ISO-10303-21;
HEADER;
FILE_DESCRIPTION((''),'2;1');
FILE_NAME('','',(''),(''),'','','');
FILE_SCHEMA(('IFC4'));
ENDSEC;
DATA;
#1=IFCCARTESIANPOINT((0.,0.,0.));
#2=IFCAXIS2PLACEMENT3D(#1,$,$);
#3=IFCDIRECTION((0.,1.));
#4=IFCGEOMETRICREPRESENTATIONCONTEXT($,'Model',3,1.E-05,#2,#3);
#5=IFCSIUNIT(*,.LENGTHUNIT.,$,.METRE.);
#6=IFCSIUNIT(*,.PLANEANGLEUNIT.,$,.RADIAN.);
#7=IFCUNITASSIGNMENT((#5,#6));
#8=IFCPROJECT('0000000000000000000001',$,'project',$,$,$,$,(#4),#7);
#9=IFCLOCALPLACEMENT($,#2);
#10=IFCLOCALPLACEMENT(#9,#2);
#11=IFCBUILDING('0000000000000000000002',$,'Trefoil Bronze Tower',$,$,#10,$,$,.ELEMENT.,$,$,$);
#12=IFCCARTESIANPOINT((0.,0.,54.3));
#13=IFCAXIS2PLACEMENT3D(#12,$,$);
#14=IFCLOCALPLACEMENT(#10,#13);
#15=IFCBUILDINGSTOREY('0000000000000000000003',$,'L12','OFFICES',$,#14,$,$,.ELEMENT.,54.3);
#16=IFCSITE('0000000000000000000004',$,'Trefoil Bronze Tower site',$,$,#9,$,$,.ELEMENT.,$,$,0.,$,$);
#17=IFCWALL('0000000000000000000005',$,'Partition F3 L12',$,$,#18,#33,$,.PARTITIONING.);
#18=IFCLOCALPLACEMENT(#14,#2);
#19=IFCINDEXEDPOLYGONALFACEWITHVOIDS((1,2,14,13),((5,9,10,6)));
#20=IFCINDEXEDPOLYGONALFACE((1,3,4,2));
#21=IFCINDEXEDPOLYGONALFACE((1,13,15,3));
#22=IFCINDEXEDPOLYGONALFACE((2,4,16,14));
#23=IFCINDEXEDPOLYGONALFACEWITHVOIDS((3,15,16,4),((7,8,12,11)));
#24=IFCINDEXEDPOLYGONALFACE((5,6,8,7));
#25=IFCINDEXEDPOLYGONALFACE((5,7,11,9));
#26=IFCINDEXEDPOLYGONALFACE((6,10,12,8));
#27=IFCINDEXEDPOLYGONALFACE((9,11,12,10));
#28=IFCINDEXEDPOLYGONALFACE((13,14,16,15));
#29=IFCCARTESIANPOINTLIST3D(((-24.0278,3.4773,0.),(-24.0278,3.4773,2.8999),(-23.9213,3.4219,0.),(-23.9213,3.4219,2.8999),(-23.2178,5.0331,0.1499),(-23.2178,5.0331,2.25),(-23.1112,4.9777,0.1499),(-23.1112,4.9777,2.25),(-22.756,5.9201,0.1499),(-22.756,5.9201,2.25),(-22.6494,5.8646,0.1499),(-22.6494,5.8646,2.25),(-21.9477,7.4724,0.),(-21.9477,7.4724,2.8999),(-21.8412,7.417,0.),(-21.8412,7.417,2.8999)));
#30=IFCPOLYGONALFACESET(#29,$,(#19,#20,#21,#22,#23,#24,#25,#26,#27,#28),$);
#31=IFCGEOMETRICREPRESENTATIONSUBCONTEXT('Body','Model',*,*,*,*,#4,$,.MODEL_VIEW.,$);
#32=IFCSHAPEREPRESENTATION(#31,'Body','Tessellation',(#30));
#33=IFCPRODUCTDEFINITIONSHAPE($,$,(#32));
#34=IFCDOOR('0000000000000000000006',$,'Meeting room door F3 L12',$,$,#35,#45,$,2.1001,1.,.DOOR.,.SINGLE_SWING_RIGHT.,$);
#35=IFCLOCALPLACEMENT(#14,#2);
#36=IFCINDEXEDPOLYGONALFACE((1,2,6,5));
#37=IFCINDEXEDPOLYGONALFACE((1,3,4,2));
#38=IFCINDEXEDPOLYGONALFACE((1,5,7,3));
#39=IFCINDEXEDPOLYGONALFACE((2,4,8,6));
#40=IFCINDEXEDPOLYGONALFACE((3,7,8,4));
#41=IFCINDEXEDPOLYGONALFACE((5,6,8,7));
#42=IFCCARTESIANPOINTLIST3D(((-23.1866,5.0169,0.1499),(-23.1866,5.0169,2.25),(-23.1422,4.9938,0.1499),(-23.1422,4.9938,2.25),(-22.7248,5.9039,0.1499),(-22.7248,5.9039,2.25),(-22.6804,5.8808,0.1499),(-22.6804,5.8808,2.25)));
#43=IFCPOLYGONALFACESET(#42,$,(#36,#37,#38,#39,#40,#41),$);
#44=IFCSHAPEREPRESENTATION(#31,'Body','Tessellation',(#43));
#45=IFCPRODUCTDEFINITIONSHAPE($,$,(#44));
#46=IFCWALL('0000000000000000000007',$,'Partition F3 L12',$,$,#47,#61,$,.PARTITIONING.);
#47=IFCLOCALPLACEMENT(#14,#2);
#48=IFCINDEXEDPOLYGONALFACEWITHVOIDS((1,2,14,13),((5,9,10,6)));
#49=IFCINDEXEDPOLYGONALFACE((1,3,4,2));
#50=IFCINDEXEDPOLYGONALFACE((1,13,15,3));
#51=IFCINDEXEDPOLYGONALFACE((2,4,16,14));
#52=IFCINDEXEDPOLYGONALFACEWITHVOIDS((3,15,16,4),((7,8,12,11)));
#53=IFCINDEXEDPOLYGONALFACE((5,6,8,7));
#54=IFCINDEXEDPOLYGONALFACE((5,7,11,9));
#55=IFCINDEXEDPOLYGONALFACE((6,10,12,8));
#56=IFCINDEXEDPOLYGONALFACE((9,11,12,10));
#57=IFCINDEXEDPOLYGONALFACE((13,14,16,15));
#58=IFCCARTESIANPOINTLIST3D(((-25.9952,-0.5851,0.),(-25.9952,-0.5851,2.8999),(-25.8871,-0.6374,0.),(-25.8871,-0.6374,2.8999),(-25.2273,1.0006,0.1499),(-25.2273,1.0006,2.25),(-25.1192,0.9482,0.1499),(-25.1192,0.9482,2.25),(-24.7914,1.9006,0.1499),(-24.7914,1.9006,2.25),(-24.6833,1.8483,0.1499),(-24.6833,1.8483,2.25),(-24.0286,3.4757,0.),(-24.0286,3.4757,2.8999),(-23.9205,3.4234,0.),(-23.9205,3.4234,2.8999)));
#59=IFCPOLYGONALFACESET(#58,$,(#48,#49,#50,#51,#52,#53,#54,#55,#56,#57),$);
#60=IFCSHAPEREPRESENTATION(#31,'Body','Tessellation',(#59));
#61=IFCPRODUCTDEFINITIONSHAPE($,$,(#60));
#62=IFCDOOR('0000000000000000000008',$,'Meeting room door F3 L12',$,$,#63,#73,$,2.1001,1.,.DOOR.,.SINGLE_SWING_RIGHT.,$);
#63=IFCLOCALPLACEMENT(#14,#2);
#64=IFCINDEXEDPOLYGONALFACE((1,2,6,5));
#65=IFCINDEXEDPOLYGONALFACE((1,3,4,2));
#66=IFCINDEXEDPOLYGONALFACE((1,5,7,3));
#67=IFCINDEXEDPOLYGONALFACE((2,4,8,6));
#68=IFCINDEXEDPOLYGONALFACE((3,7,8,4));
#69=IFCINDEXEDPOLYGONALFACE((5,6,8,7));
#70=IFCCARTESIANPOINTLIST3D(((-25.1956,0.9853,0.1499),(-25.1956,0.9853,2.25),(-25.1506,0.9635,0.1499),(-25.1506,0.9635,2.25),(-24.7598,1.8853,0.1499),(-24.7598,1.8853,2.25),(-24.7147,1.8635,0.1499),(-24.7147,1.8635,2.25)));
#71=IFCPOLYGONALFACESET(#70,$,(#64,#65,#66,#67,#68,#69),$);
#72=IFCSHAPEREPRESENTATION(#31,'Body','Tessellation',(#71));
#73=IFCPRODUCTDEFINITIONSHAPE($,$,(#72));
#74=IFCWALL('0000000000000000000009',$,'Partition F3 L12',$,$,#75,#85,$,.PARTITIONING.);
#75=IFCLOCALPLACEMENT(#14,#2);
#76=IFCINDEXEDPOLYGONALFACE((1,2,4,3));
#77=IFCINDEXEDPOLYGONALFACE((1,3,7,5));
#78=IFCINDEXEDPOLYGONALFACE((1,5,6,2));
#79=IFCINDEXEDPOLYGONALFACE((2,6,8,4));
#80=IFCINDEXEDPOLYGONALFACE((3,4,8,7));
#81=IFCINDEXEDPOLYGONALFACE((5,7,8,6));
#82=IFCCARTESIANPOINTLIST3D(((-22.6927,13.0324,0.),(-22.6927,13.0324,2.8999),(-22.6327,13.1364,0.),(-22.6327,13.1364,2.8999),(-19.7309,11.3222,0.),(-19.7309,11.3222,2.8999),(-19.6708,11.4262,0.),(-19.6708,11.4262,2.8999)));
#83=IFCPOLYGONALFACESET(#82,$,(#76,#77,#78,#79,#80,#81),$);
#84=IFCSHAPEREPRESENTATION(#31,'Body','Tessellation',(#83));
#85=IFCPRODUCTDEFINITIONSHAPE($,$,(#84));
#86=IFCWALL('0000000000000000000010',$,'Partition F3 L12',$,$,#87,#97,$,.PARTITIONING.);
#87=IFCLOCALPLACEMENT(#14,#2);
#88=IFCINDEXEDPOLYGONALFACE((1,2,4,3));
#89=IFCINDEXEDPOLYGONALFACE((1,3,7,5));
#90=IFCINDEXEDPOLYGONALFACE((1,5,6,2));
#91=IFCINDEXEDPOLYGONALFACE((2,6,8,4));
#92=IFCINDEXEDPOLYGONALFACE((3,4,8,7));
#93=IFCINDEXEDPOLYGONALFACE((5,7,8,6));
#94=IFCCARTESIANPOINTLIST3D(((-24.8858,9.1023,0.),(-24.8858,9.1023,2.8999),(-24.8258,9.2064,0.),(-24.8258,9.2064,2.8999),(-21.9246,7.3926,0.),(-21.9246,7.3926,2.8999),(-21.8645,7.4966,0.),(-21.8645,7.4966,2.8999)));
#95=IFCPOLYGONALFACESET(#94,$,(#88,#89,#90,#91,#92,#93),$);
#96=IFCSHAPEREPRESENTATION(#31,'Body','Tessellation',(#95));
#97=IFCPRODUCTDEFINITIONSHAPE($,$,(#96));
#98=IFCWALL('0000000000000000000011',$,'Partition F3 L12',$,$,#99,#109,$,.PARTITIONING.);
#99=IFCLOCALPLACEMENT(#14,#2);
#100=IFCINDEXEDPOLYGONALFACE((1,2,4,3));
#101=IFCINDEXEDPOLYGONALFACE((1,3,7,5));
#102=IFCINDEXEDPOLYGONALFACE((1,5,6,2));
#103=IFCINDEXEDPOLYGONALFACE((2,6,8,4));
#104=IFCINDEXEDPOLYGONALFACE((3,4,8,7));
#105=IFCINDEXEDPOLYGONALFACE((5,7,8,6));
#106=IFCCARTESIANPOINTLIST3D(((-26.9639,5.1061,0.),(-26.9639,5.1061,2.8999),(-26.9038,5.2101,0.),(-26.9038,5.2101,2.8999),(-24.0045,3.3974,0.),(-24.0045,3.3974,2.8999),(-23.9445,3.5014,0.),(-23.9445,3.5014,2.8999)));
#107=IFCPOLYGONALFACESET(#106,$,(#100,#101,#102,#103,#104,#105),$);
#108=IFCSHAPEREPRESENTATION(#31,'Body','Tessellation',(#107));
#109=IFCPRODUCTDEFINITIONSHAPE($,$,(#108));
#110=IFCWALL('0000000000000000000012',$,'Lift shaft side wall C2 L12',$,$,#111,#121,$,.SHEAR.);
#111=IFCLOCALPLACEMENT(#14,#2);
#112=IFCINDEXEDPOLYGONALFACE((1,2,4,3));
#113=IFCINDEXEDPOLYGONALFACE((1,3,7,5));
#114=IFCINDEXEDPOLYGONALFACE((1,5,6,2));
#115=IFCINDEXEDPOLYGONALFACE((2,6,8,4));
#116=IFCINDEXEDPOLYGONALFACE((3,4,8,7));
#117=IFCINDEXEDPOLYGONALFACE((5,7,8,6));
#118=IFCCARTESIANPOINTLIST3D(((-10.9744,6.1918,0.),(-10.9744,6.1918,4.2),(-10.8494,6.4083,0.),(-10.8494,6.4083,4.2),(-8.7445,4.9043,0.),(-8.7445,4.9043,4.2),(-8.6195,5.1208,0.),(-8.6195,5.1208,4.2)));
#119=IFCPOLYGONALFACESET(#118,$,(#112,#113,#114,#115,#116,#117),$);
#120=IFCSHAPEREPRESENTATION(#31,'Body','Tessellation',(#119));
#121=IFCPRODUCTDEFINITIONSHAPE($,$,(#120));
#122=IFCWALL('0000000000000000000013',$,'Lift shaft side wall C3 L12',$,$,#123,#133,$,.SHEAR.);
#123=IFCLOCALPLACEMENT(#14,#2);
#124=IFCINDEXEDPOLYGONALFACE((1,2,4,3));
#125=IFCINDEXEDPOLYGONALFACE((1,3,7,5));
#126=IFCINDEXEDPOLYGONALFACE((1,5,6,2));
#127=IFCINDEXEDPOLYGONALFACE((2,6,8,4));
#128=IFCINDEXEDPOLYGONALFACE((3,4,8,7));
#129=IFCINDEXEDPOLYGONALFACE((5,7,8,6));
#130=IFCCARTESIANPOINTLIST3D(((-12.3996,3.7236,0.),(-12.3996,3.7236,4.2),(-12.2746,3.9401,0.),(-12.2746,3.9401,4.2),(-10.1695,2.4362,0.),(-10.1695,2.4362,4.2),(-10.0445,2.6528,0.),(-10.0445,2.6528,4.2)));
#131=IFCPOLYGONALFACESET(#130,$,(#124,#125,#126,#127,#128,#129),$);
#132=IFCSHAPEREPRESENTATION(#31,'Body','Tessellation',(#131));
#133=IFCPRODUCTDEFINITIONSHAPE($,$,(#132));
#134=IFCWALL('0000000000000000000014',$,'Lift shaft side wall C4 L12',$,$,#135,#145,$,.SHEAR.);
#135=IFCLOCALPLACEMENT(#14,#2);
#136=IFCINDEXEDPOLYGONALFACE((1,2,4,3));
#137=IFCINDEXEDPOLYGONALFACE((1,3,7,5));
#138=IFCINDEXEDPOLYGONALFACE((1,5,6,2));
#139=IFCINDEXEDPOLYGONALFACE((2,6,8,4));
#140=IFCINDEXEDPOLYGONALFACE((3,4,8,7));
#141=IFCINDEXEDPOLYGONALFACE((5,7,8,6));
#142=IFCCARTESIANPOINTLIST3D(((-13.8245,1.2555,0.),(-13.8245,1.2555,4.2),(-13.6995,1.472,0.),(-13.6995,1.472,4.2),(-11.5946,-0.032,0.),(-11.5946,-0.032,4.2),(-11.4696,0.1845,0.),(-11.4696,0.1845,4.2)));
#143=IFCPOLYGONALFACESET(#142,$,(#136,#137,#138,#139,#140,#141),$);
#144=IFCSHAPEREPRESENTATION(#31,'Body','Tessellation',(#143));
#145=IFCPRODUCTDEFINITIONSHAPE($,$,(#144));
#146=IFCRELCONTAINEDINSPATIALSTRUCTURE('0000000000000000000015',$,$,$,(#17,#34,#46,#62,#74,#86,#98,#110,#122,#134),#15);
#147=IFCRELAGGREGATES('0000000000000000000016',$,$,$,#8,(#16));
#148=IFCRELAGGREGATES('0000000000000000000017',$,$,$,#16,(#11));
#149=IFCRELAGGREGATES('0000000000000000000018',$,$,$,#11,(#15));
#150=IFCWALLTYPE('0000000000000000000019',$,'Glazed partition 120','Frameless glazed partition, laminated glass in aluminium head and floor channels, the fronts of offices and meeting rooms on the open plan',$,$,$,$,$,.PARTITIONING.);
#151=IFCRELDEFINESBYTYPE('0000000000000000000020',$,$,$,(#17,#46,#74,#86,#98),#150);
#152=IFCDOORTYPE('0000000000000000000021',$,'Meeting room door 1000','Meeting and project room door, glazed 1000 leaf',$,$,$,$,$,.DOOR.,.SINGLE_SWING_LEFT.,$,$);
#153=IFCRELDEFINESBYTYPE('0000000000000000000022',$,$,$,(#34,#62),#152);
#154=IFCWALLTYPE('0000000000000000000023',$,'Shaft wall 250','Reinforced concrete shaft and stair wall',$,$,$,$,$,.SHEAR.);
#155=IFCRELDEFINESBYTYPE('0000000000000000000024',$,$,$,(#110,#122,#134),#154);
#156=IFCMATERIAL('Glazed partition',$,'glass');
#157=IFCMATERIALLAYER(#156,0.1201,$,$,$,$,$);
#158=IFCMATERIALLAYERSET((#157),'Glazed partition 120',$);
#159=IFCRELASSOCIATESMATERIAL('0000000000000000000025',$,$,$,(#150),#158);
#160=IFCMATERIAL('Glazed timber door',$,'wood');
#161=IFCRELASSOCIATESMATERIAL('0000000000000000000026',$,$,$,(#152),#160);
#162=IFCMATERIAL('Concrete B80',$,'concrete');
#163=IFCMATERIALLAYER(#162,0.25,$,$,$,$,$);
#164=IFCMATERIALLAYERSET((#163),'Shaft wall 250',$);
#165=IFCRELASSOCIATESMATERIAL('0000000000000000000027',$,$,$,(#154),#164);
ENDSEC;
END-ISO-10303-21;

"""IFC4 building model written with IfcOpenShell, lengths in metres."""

from ifc_helpers import new_model, si_unit, direction, frame, frame_2d, origin, place, context, subcontext, project, spatial, rectangle, extrude, material, layer, layer_set, type_object, element, fill, save


model = new_model("IFC4")

# Units and contexts
model_context = context("Model", 3, precision=1e-05, world=origin(), true_north=direction((0.0, 1.0)))
body_context = subcontext(model_context, "Body", "Model", "MODEL_VIEW")
ifc_project = project(units=[si_unit("LENGTHUNIT", "METRE"), si_unit("PLANEANGLEUNIT", "RADIAN")], contexts=[model_context])

# Site, building, storey
site_placement = place(None, origin())
site = spatial("IfcSite", under=ifc_project, at=site_placement, Name="Trefoil Bronze Tower site", CompositionType="ELEMENT", RefElevation=0.0)
building_placement = place(site_placement, origin())
building = spatial("IfcBuilding", under=site, at=building_placement, Name="Trefoil Bronze Tower", CompositionType="ELEMENT")
storey_placement = place(building_placement, frame((0.0, 0.0, 54.3)))
storey = spatial("IfcBuildingStorey", under=building, at=storey_placement, Name="L12", Description="OFFICES", CompositionType="ELEMENT", Elevation=54.3)

# Walls, openings, doors
ifc_material_1 = material(Name="Glazed partition", Category="glass")
ifc_layer_1 = layer(ifc_material_1, 0.1201)
ifc_layer_set_1 = layer_set([ifc_layer_1], Name="Glazed partition 120")
wall_type_1 = type_object("IfcWallType", Name="Glazed partition 120", Description="Frameless glazed partition, laminated glass in aluminium head and floor channels, the fronts of offices and meeting rooms on the open plan", PredefinedType="PARTITIONING", material=ifc_layer_set_1)
wall_1_placement = place(storey_placement, frame((-21.8945, 7.4446, 0.0), z_axis=(0.0, 0.0, 1.0), x_axis=(-0.46181, -0.886979, 0.0)))
wall_1 = element("IfcWall", 1, at=wall_1_placement, inside=storey, type_object=wall_type_1, Name="Partition F3 L12", PredefinedType="PARTITIONING", context=body_context, shape_type="SweptSolid", body=[
    extrude(rectangle(XDim=4.5042, YDim=0.1201, at=frame_2d((2.252, 0.0))), origin(), (0.0, 0.0, 1.0), 2.8999),
])
opening_1_placement = place(wall_1_placement, frame((1.75, 0.0, 0.1499)))
opening_1 = element("IfcOpeningElement", 2, at=opening_1_placement, cuts=wall_1, PredefinedType="OPENING", context=body_context, shape_type="SweptSolid", body=[
    extrude(rectangle(XDim=1.0, YDim=2.1001, at=frame_2d((0.5, 1.05))), frame((0.0, 0.0701, 0.0), z_axis=(0.0, -1.0, 0.0), x_axis=(1.0, 0.0, 0.0)), (0.0, 0.0, 1.0), 0.1401),
])
ifc_material_2 = material(Name="Glazed timber door", Category="wood")
door_type_1 = type_object("IfcDoorType", Name="Meeting room door 1000", Description="Meeting and project room door, glazed 1000 leaf", OperationType="SINGLE_SWING_LEFT", PredefinedType="DOOR", material=ifc_material_2)
door_1_placement = place(opening_1_placement, frame((1.0, 0.0, 0.0), z_axis=(0.0, 0.0, 1.0), x_axis=(-1.0, 0.0, 0.0)))
door_1 = element("IfcDoor", 3, at=door_1_placement, inside=storey, type_object=door_type_1, Name="Meeting room door F3 L12", OperationType="SINGLE_SWING_RIGHT", OverallHeight=2.1001, OverallWidth=1.0, PredefinedType="DOOR", context=body_context, shape_type="SweptSolid", body=[
    extrude(rectangle(XDim=1.0, YDim=2.1001, at=frame_2d((0.5, 1.05))), frame((0.0, 0.0249, 0.0), z_axis=(0.0, -1.0, 0.0), x_axis=(1.0, 0.0, 0.0)), (0.0, 0.0, 1.0), 0.05),
])
fill(opening_1, door_1)
wall_2_placement = place(storey_placement, frame((-23.9746, 3.4495, 0.0), z_axis=(0.0, 0.0, 1.0), x_axis=(-0.435858, -0.900015, 0.0)))
wall_2 = element("IfcWall", 4, at=wall_2_placement, inside=storey, type_object=wall_type_1, Name="Partition F3 L12", PredefinedType="PARTITIONING", context=body_context, shape_type="SweptSolid", body=[
    extrude(rectangle(XDim=4.512, YDim=0.1201, at=frame_2d((2.2559, 0.0))), origin(), (0.0, 0.0, 1.0), 2.8999),
])
opening_2_placement = place(wall_2_placement, frame((1.75, 0.0, 0.1499)))
opening_2 = element("IfcOpeningElement", 5, at=opening_2_placement, cuts=wall_2, PredefinedType="OPENING", context=body_context, shape_type="SweptSolid", body=[
    extrude(rectangle(XDim=1.0, YDim=2.1001, at=frame_2d((0.5, 1.05))), frame((0.0, 0.0701, 0.0), z_axis=(0.0, -1.0, 0.0), x_axis=(1.0, 0.0, 0.0)), (0.0, 0.0, 1.0), 0.1401),
])
door_2_placement = place(opening_2_placement, frame((1.0, 0.0, 0.0), z_axis=(0.0, 0.0, 1.0), x_axis=(-1.0, 0.0, 0.0)))
door_2 = element("IfcDoor", 6, at=door_2_placement, inside=storey, type_object=door_type_1, Name="Meeting room door F3 L12", OperationType="SINGLE_SWING_RIGHT", OverallHeight=2.1001, OverallWidth=1.0, PredefinedType="DOOR", context=body_context, shape_type="SweptSolid", body=[
    extrude(rectangle(XDim=1.0, YDim=2.1001, at=frame_2d((0.5, 1.05))), frame((0.0, 0.0249, 0.0), z_axis=(0.0, -1.0, 0.0), x_axis=(1.0, 0.0, 0.0)), (0.0, 0.0, 1.0), 0.05),
])
fill(opening_2, door_2)

# Walls
wall_3_placement = place(storey_placement, frame((-19.7009, 11.3743, 0.0), z_axis=(0.0, 0.0, 1.0), x_axis=(-0.866007, 0.500031, 0.0)))
element("IfcWall", 7, at=wall_3_placement, inside=storey, type_object=wall_type_1, Name="Partition F3 L12", PredefinedType="PARTITIONING", context=body_context, shape_type="SweptSolid", body=[
    extrude(rectangle(XDim=3.4202, YDim=0.1201, at=frame_2d((1.71, 0.0))), origin(), (0.0, 0.0, 1.0), 2.8999),
])
wall_4_placement = place(storey_placement, frame((-21.8945, 7.4446, 0.0), z_axis=(0.0, 0.0, 1.0), x_axis=(-0.866016, 0.500017, 0.0)))
element("IfcWall", 8, at=wall_4_placement, inside=storey, type_object=wall_type_1, Name="Partition F3 L12", PredefinedType="PARTITIONING", context=body_context, shape_type="SweptSolid", body=[
    extrude(rectangle(XDim=3.4194, YDim=0.1201, at=frame_2d((1.7097, 0.0))), origin(), (0.0, 0.0, 1.0), 2.8999),
])
wall_5_placement = place(storey_placement, frame((-23.9746, 3.4495, 0.0), z_axis=(0.0, 0.0, 1.0), x_axis=(-0.866014, 0.500019, 0.0)))
element("IfcWall", 9, at=wall_5_placement, inside=storey, type_object=wall_type_1, Name="Partition F3 L12", PredefinedType="PARTITIONING", context=body_context, shape_type="SweptSolid", body=[
    extrude(rectangle(XDim=3.4172, YDim=0.1201, at=frame_2d((1.7085, 0.0))), origin(), (0.0, 0.0, 1.0), 2.8999),
])
ifc_material_3 = material(Name="Concrete B80", Category="concrete")
ifc_layer_2 = layer(ifc_material_3, 0.25)
ifc_layer_set_2 = layer_set([ifc_layer_2], Name="Shaft wall 250")
wall_type_2 = type_object("IfcWallType", Name="Shaft wall 250", Description="Reinforced concrete shaft and stair wall", PredefinedType="SHEAR", material=ifc_layer_set_2)
for number, where, z_axis, x_axis, name in (
    (10, (-8.6819, 5.0125, 0.0), (0.0, 0.0, 1.0), (-0.866006, 0.500034, 0.0), "Lift shaft side wall C2 L12"),
    (11, (-10.1069, 2.5444, 0.0), (0.0, 0.0, 1.0), (-0.866047, 0.499963, 0.0), "Lift shaft side wall C3 L12"),
    (12, (-11.532, 0.0762, 0.0), (0.0, 0.0, 1.0), (-0.866006, 0.500034, 0.0), "Lift shaft side wall C4 L12"),
):
    element("IfcWall", number, at=place(storey_placement, frame(where, z_axis=z_axis, x_axis=x_axis)), inside=storey, type_object=wall_type_2, Name=name, PredefinedType="SHEAR", context=body_context, shape_type="SweptSolid", body=[
        extrude(rectangle(XDim=2.575, YDim=0.25, at=frame_2d((1.2876, 0.0))), origin(), (0.0, 0.0, 1.0), 4.2),
    ])

save(model, "model.ifc")
